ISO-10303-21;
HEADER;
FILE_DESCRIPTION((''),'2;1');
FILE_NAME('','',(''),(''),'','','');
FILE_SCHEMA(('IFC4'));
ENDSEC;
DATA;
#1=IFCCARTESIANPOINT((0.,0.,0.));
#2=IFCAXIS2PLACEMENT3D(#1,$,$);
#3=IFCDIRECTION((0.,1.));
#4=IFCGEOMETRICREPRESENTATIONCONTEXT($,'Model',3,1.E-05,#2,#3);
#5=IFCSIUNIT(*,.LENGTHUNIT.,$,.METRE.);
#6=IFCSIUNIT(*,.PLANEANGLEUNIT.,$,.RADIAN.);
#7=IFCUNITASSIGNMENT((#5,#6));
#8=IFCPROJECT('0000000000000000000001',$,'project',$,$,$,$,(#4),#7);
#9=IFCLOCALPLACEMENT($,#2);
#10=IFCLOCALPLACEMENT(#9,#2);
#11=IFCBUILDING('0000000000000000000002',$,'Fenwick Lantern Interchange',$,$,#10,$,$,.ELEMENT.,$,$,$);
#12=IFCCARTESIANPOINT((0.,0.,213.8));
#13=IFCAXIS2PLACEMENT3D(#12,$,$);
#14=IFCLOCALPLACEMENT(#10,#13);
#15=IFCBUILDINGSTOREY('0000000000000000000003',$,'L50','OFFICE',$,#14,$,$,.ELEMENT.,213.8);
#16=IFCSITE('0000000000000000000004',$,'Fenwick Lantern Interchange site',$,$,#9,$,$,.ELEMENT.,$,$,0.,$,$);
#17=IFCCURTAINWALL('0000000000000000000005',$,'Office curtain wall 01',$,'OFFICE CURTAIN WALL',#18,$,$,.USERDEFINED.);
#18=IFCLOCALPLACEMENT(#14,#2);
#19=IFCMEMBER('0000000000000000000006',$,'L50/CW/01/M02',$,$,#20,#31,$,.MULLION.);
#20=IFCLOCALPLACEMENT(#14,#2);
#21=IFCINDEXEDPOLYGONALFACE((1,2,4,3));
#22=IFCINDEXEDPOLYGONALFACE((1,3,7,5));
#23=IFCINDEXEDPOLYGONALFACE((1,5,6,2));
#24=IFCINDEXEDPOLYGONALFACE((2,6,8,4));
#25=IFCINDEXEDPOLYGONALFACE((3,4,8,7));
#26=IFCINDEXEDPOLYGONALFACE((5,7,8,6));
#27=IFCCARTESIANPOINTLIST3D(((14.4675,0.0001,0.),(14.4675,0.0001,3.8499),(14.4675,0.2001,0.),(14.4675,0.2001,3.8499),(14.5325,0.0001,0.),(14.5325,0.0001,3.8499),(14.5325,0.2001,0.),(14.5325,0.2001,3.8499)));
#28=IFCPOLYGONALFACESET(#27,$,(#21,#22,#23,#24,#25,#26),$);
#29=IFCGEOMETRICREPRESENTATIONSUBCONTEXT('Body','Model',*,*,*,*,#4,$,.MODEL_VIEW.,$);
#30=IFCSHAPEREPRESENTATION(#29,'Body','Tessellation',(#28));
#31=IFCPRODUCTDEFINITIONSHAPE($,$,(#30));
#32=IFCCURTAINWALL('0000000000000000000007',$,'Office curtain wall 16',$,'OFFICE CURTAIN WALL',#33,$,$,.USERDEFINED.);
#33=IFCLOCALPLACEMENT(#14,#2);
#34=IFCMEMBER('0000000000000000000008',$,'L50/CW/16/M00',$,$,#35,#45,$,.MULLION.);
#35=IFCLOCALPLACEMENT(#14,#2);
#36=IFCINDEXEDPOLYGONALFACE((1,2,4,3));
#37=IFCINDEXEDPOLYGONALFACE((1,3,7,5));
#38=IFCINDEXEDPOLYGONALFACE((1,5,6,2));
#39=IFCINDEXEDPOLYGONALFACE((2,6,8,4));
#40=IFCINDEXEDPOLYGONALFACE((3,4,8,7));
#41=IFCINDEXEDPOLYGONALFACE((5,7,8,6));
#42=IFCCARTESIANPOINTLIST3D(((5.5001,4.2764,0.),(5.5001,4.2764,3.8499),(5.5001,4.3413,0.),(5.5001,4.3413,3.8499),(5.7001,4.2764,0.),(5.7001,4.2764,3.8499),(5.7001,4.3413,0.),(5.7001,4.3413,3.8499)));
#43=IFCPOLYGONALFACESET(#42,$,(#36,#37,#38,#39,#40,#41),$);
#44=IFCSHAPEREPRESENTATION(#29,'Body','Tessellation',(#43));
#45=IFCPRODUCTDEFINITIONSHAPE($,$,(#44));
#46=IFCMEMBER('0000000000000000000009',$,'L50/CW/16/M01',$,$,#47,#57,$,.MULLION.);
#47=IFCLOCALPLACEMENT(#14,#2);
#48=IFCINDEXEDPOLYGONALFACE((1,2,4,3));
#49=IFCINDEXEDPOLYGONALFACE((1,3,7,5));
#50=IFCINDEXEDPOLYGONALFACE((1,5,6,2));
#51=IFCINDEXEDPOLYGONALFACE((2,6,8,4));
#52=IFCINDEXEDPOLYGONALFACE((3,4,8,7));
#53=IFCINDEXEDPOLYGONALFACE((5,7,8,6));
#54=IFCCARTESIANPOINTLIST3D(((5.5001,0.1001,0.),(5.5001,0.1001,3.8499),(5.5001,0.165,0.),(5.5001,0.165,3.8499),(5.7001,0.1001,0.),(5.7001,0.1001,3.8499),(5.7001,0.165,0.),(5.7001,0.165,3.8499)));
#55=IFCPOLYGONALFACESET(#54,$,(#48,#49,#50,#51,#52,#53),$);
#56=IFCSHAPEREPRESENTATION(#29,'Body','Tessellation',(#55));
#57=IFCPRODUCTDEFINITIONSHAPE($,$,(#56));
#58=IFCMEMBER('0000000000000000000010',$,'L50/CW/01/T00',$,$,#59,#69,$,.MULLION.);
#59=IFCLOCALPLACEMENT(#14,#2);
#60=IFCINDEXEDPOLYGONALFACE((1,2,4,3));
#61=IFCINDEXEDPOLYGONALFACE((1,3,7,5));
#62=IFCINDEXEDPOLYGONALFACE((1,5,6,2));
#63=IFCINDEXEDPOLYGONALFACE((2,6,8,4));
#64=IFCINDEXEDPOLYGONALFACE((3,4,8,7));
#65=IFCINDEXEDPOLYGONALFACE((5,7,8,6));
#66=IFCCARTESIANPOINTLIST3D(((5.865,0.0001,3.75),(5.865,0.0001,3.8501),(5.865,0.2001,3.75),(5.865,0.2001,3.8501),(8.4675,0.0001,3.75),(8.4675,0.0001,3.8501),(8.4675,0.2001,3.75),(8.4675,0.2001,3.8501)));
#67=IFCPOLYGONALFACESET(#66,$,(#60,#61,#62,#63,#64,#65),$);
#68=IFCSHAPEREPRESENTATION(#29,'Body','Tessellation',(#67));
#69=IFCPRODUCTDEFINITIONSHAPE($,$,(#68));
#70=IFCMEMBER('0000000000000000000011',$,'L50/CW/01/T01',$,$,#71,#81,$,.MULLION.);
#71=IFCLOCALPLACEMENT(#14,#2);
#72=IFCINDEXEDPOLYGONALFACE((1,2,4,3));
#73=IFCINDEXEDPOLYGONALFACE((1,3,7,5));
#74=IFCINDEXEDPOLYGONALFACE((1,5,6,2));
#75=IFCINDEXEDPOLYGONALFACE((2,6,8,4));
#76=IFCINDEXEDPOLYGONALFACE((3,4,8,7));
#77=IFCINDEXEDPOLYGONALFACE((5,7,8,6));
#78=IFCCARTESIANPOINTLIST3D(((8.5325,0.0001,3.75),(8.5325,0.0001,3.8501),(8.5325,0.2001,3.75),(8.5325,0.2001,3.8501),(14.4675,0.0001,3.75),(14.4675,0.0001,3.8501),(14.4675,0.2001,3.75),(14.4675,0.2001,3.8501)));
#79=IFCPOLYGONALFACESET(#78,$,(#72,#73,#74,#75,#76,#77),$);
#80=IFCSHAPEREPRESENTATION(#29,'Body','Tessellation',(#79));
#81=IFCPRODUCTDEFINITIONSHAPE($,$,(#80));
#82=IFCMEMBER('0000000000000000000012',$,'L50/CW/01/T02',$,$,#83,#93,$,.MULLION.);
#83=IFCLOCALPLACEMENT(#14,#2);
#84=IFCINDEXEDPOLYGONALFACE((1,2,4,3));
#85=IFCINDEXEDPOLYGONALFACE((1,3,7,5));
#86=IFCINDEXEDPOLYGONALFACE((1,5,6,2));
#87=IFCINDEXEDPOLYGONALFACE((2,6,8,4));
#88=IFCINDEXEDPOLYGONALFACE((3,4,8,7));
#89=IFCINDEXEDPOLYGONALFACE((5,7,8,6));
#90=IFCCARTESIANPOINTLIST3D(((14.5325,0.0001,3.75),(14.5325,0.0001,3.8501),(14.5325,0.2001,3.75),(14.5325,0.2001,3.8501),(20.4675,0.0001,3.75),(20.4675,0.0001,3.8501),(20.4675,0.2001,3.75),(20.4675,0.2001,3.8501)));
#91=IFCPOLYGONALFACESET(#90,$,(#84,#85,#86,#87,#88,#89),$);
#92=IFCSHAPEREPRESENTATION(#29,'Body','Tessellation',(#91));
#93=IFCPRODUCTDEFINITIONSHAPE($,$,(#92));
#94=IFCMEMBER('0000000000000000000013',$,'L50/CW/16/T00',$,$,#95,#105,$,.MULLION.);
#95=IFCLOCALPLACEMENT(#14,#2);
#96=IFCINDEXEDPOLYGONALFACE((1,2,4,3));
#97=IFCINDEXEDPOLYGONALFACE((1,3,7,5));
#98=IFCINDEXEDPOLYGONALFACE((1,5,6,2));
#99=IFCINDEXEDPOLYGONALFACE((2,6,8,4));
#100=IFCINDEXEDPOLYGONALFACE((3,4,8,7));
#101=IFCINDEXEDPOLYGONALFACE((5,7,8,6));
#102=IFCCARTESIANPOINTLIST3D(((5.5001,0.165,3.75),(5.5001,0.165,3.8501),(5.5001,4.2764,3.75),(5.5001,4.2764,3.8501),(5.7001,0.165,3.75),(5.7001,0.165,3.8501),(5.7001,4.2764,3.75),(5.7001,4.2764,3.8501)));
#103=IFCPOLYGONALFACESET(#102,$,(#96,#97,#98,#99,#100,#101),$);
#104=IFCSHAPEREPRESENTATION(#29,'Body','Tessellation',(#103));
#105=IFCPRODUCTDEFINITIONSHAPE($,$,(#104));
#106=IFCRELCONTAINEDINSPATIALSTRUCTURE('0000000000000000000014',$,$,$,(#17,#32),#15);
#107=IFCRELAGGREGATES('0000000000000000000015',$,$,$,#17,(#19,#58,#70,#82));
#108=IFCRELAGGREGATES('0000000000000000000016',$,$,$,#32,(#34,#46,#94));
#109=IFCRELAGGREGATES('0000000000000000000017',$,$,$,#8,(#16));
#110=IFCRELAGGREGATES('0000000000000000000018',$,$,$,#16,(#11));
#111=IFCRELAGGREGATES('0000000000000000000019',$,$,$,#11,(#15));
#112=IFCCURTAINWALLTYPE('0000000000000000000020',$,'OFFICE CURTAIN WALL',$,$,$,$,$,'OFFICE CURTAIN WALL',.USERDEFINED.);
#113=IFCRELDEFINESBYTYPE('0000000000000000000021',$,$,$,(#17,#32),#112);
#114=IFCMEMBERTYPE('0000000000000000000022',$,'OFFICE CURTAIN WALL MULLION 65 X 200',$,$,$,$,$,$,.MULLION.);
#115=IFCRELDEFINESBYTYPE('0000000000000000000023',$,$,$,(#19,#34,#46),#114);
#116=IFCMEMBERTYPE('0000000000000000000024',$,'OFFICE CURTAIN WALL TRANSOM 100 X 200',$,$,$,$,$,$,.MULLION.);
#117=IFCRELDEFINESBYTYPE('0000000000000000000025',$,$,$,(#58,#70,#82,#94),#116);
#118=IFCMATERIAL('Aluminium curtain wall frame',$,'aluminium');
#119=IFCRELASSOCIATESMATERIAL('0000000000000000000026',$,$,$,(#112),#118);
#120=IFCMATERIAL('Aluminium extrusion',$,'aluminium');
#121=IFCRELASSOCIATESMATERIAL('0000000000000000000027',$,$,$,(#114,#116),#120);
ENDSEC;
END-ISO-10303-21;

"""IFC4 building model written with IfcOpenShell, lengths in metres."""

from ifc_helpers import new_model, si_unit, direction, frame, origin, origin_2d, place, context, subcontext, project, spatial, rectangle, extrude, material, material_profile, profile_set, type_object, element, aggregate, save


model = new_model("IFC4")

# Units and contexts
model_context = context("Model", 3, precision=1e-05, world=origin(), true_north=direction((0.0, 1.0)))
body_context = subcontext(model_context, "Body", "Model", "MODEL_VIEW")
ifc_project = project(units=[si_unit("LENGTHUNIT", "METRE"), si_unit("PLANEANGLEUNIT", "RADIAN")], contexts=[model_context])

# Site, building, storey
site_placement = place(None, origin())
site = spatial("IfcSite", under=ifc_project, at=site_placement, Name="Fenwick Lantern Interchange site", CompositionType="ELEMENT", RefElevation=0.0)
building_placement = place(site_placement, origin())
building = spatial("IfcBuilding", under=site, at=building_placement, Name="Fenwick Lantern Interchange", CompositionType="ELEMENT")
storey_placement = place(building_placement, frame((0.0, 0.0, 213.8)))
storey = spatial("IfcBuildingStorey", under=building, at=storey_placement, Name="L50", Description="OFFICE", CompositionType="ELEMENT", Elevation=213.8)

# Curtain walls, members
ifc_material_1 = material(Name="Aluminium curtain wall frame", Category="aluminium")
curtain_wall_type = type_object("IfcCurtainWallType", Name="OFFICE CURTAIN WALL", ElementType="OFFICE CURTAIN WALL", PredefinedType="USERDEFINED", material=ifc_material_1)
curtain_wall_1_placement = place(storey_placement, origin())
curtain_wall_1 = element("IfcCurtainWall", 1, at=curtain_wall_1_placement, inside=storey, type_object=curtain_wall_type, Name="Office curtain wall 01", ObjectType="OFFICE CURTAIN WALL", PredefinedType="USERDEFINED")
ifc_material_2 = material(Name="Aluminium extrusion", Category="aluminium")
ifc_material_profile_1 = material_profile(ifc_material_2, rectangle(XDim=0.2, YDim=0.0649, at=origin_2d()), Name="OFFICE CURTAIN WALL MULLION 65 X 200")
ifc_profile_set_1 = profile_set([ifc_material_profile_1], Name="Aluminium extrusion")
member_type_1 = type_object("IfcMemberType", Name="OFFICE CURTAIN WALL MULLION 65 X 200", PredefinedType="MULLION", material=ifc_profile_set_1)
member_1_placement = place(storey_placement, frame((14.5, 0.1001, 0.0), z_axis=(0.0, 0.0, 1.0), x_axis=(0.0, 1.0, 0.0)))
member_1 = element("IfcMember", 2, at=member_1_placement, type_object=member_type_1, Name="L50/CW/01/M02", PredefinedType="MULLION", context=body_context, shape_type="SweptSolid", body=[
    extrude(rectangle(XDim=0.2, YDim=0.0649, at=origin_2d()), origin(), (0.0, 0.0, 1.0), 3.8499),
])
curtain_wall_2_placement = place(storey_placement, origin())
curtain_wall_2 = element("IfcCurtainWall", 3, at=curtain_wall_2_placement, inside=storey, type_object=curtain_wall_type, Name="Office curtain wall 16", ObjectType="OFFICE CURTAIN WALL", PredefinedType="USERDEFINED")
member_2_placement = place(storey_placement, frame((5.6001, 4.3088, 0.0), z_axis=(0.0, 0.0, 1.0), x_axis=(1.0, 0.0, 0.0)))
member_2 = element("IfcMember", 4, at=member_2_placement, type_object=member_type_1, Name="L50/CW/16/M00", PredefinedType="MULLION", context=body_context, shape_type="SweptSolid", body=[
    extrude(rectangle(XDim=0.2, YDim=0.0649, at=origin_2d()), origin(), (0.0, 0.0, 1.0), 3.8499),
])
member_3_placement = place(storey_placement, frame((5.6001, 0.1326, 0.0), z_axis=(0.0, 0.0, 1.0), x_axis=(1.0, 0.0, 0.0)))
member_3 = element("IfcMember", 5, at=member_3_placement, type_object=member_type_1, Name="L50/CW/16/M01", PredefinedType="MULLION", context=body_context, shape_type="SweptSolid", body=[
    extrude(rectangle(XDim=0.2, YDim=0.0649, at=origin_2d()), origin(), (0.0, 0.0, 1.0), 3.8499),
])

# Members
ifc_material_profile_2 = material_profile(ifc_material_2, rectangle(XDim=0.2, YDim=0.1001, at=origin_2d()), Name="OFFICE CURTAIN WALL TRANSOM 100 X 200")
ifc_profile_set_2 = profile_set([ifc_material_profile_2], Name="Aluminium extrusion")
member_type_2 = type_object("IfcMemberType", Name="OFFICE CURTAIN WALL TRANSOM 100 X 200", PredefinedType="MULLION", material=ifc_profile_set_2)
member_4_placement = place(storey_placement, frame((5.865, 0.1001, 3.8), z_axis=(1.0, 0.0, 0.0), x_axis=(0.0, 1.0, 0.0)))
member_4 = element("IfcMember", 6, at=member_4_placement, type_object=member_type_2, Name="L50/CW/01/T00", PredefinedType="MULLION", context=body_context, shape_type="SweptSolid", body=[
    extrude(rectangle(XDim=0.2, YDim=0.1001, at=origin_2d()), origin(), (0.0, 0.0, 1.0), 2.6025),
])
member_5_placement = place(storey_placement, frame((8.5325, 0.1001, 3.8), z_axis=(1.0, 0.0, 0.0), x_axis=(0.0, 1.0, 0.0)))
member_5 = element("IfcMember", 7, at=member_5_placement, type_object=member_type_2, Name="L50/CW/01/T01", PredefinedType="MULLION", context=body_context, shape_type="SweptSolid", body=[
    extrude(rectangle(XDim=0.2, YDim=0.1001, at=origin_2d()), origin(), (0.0, 0.0, 1.0), 5.9351),
])
member_6_placement = place(storey_placement, frame((14.5325, 0.1001, 3.8), z_axis=(1.0, 0.0, 0.0), x_axis=(0.0, 1.0, 0.0)))
member_6 = element("IfcMember", 8, at=member_6_placement, type_object=member_type_2, Name="L50/CW/01/T02", PredefinedType="MULLION", context=body_context, shape_type="SweptSolid", body=[
    extrude(rectangle(XDim=0.2, YDim=0.1001, at=origin_2d()), origin(), (0.0, 0.0, 1.0), 5.9351),
])
aggregate(curtain_wall_1, [member_1, member_4, member_5, member_6])
member_7_placement = place(storey_placement, frame((5.6001, 4.2764, 3.8), z_axis=(0.0, -1.0, 0.0), x_axis=(1.0, 0.0, 0.0)))
member_7 = element("IfcMember", 9, at=member_7_placement, type_object=member_type_2, Name="L50/CW/16/T00", PredefinedType="MULLION", context=body_context, shape_type="SweptSolid", body=[
    extrude(rectangle(XDim=0.2, YDim=0.1001, at=origin_2d()), origin(), (0.0, 0.0, 1.0), 4.1113),
])

aggregate(curtain_wall_2, [member_2, member_3, member_7])

save(model, "model.ifc")
